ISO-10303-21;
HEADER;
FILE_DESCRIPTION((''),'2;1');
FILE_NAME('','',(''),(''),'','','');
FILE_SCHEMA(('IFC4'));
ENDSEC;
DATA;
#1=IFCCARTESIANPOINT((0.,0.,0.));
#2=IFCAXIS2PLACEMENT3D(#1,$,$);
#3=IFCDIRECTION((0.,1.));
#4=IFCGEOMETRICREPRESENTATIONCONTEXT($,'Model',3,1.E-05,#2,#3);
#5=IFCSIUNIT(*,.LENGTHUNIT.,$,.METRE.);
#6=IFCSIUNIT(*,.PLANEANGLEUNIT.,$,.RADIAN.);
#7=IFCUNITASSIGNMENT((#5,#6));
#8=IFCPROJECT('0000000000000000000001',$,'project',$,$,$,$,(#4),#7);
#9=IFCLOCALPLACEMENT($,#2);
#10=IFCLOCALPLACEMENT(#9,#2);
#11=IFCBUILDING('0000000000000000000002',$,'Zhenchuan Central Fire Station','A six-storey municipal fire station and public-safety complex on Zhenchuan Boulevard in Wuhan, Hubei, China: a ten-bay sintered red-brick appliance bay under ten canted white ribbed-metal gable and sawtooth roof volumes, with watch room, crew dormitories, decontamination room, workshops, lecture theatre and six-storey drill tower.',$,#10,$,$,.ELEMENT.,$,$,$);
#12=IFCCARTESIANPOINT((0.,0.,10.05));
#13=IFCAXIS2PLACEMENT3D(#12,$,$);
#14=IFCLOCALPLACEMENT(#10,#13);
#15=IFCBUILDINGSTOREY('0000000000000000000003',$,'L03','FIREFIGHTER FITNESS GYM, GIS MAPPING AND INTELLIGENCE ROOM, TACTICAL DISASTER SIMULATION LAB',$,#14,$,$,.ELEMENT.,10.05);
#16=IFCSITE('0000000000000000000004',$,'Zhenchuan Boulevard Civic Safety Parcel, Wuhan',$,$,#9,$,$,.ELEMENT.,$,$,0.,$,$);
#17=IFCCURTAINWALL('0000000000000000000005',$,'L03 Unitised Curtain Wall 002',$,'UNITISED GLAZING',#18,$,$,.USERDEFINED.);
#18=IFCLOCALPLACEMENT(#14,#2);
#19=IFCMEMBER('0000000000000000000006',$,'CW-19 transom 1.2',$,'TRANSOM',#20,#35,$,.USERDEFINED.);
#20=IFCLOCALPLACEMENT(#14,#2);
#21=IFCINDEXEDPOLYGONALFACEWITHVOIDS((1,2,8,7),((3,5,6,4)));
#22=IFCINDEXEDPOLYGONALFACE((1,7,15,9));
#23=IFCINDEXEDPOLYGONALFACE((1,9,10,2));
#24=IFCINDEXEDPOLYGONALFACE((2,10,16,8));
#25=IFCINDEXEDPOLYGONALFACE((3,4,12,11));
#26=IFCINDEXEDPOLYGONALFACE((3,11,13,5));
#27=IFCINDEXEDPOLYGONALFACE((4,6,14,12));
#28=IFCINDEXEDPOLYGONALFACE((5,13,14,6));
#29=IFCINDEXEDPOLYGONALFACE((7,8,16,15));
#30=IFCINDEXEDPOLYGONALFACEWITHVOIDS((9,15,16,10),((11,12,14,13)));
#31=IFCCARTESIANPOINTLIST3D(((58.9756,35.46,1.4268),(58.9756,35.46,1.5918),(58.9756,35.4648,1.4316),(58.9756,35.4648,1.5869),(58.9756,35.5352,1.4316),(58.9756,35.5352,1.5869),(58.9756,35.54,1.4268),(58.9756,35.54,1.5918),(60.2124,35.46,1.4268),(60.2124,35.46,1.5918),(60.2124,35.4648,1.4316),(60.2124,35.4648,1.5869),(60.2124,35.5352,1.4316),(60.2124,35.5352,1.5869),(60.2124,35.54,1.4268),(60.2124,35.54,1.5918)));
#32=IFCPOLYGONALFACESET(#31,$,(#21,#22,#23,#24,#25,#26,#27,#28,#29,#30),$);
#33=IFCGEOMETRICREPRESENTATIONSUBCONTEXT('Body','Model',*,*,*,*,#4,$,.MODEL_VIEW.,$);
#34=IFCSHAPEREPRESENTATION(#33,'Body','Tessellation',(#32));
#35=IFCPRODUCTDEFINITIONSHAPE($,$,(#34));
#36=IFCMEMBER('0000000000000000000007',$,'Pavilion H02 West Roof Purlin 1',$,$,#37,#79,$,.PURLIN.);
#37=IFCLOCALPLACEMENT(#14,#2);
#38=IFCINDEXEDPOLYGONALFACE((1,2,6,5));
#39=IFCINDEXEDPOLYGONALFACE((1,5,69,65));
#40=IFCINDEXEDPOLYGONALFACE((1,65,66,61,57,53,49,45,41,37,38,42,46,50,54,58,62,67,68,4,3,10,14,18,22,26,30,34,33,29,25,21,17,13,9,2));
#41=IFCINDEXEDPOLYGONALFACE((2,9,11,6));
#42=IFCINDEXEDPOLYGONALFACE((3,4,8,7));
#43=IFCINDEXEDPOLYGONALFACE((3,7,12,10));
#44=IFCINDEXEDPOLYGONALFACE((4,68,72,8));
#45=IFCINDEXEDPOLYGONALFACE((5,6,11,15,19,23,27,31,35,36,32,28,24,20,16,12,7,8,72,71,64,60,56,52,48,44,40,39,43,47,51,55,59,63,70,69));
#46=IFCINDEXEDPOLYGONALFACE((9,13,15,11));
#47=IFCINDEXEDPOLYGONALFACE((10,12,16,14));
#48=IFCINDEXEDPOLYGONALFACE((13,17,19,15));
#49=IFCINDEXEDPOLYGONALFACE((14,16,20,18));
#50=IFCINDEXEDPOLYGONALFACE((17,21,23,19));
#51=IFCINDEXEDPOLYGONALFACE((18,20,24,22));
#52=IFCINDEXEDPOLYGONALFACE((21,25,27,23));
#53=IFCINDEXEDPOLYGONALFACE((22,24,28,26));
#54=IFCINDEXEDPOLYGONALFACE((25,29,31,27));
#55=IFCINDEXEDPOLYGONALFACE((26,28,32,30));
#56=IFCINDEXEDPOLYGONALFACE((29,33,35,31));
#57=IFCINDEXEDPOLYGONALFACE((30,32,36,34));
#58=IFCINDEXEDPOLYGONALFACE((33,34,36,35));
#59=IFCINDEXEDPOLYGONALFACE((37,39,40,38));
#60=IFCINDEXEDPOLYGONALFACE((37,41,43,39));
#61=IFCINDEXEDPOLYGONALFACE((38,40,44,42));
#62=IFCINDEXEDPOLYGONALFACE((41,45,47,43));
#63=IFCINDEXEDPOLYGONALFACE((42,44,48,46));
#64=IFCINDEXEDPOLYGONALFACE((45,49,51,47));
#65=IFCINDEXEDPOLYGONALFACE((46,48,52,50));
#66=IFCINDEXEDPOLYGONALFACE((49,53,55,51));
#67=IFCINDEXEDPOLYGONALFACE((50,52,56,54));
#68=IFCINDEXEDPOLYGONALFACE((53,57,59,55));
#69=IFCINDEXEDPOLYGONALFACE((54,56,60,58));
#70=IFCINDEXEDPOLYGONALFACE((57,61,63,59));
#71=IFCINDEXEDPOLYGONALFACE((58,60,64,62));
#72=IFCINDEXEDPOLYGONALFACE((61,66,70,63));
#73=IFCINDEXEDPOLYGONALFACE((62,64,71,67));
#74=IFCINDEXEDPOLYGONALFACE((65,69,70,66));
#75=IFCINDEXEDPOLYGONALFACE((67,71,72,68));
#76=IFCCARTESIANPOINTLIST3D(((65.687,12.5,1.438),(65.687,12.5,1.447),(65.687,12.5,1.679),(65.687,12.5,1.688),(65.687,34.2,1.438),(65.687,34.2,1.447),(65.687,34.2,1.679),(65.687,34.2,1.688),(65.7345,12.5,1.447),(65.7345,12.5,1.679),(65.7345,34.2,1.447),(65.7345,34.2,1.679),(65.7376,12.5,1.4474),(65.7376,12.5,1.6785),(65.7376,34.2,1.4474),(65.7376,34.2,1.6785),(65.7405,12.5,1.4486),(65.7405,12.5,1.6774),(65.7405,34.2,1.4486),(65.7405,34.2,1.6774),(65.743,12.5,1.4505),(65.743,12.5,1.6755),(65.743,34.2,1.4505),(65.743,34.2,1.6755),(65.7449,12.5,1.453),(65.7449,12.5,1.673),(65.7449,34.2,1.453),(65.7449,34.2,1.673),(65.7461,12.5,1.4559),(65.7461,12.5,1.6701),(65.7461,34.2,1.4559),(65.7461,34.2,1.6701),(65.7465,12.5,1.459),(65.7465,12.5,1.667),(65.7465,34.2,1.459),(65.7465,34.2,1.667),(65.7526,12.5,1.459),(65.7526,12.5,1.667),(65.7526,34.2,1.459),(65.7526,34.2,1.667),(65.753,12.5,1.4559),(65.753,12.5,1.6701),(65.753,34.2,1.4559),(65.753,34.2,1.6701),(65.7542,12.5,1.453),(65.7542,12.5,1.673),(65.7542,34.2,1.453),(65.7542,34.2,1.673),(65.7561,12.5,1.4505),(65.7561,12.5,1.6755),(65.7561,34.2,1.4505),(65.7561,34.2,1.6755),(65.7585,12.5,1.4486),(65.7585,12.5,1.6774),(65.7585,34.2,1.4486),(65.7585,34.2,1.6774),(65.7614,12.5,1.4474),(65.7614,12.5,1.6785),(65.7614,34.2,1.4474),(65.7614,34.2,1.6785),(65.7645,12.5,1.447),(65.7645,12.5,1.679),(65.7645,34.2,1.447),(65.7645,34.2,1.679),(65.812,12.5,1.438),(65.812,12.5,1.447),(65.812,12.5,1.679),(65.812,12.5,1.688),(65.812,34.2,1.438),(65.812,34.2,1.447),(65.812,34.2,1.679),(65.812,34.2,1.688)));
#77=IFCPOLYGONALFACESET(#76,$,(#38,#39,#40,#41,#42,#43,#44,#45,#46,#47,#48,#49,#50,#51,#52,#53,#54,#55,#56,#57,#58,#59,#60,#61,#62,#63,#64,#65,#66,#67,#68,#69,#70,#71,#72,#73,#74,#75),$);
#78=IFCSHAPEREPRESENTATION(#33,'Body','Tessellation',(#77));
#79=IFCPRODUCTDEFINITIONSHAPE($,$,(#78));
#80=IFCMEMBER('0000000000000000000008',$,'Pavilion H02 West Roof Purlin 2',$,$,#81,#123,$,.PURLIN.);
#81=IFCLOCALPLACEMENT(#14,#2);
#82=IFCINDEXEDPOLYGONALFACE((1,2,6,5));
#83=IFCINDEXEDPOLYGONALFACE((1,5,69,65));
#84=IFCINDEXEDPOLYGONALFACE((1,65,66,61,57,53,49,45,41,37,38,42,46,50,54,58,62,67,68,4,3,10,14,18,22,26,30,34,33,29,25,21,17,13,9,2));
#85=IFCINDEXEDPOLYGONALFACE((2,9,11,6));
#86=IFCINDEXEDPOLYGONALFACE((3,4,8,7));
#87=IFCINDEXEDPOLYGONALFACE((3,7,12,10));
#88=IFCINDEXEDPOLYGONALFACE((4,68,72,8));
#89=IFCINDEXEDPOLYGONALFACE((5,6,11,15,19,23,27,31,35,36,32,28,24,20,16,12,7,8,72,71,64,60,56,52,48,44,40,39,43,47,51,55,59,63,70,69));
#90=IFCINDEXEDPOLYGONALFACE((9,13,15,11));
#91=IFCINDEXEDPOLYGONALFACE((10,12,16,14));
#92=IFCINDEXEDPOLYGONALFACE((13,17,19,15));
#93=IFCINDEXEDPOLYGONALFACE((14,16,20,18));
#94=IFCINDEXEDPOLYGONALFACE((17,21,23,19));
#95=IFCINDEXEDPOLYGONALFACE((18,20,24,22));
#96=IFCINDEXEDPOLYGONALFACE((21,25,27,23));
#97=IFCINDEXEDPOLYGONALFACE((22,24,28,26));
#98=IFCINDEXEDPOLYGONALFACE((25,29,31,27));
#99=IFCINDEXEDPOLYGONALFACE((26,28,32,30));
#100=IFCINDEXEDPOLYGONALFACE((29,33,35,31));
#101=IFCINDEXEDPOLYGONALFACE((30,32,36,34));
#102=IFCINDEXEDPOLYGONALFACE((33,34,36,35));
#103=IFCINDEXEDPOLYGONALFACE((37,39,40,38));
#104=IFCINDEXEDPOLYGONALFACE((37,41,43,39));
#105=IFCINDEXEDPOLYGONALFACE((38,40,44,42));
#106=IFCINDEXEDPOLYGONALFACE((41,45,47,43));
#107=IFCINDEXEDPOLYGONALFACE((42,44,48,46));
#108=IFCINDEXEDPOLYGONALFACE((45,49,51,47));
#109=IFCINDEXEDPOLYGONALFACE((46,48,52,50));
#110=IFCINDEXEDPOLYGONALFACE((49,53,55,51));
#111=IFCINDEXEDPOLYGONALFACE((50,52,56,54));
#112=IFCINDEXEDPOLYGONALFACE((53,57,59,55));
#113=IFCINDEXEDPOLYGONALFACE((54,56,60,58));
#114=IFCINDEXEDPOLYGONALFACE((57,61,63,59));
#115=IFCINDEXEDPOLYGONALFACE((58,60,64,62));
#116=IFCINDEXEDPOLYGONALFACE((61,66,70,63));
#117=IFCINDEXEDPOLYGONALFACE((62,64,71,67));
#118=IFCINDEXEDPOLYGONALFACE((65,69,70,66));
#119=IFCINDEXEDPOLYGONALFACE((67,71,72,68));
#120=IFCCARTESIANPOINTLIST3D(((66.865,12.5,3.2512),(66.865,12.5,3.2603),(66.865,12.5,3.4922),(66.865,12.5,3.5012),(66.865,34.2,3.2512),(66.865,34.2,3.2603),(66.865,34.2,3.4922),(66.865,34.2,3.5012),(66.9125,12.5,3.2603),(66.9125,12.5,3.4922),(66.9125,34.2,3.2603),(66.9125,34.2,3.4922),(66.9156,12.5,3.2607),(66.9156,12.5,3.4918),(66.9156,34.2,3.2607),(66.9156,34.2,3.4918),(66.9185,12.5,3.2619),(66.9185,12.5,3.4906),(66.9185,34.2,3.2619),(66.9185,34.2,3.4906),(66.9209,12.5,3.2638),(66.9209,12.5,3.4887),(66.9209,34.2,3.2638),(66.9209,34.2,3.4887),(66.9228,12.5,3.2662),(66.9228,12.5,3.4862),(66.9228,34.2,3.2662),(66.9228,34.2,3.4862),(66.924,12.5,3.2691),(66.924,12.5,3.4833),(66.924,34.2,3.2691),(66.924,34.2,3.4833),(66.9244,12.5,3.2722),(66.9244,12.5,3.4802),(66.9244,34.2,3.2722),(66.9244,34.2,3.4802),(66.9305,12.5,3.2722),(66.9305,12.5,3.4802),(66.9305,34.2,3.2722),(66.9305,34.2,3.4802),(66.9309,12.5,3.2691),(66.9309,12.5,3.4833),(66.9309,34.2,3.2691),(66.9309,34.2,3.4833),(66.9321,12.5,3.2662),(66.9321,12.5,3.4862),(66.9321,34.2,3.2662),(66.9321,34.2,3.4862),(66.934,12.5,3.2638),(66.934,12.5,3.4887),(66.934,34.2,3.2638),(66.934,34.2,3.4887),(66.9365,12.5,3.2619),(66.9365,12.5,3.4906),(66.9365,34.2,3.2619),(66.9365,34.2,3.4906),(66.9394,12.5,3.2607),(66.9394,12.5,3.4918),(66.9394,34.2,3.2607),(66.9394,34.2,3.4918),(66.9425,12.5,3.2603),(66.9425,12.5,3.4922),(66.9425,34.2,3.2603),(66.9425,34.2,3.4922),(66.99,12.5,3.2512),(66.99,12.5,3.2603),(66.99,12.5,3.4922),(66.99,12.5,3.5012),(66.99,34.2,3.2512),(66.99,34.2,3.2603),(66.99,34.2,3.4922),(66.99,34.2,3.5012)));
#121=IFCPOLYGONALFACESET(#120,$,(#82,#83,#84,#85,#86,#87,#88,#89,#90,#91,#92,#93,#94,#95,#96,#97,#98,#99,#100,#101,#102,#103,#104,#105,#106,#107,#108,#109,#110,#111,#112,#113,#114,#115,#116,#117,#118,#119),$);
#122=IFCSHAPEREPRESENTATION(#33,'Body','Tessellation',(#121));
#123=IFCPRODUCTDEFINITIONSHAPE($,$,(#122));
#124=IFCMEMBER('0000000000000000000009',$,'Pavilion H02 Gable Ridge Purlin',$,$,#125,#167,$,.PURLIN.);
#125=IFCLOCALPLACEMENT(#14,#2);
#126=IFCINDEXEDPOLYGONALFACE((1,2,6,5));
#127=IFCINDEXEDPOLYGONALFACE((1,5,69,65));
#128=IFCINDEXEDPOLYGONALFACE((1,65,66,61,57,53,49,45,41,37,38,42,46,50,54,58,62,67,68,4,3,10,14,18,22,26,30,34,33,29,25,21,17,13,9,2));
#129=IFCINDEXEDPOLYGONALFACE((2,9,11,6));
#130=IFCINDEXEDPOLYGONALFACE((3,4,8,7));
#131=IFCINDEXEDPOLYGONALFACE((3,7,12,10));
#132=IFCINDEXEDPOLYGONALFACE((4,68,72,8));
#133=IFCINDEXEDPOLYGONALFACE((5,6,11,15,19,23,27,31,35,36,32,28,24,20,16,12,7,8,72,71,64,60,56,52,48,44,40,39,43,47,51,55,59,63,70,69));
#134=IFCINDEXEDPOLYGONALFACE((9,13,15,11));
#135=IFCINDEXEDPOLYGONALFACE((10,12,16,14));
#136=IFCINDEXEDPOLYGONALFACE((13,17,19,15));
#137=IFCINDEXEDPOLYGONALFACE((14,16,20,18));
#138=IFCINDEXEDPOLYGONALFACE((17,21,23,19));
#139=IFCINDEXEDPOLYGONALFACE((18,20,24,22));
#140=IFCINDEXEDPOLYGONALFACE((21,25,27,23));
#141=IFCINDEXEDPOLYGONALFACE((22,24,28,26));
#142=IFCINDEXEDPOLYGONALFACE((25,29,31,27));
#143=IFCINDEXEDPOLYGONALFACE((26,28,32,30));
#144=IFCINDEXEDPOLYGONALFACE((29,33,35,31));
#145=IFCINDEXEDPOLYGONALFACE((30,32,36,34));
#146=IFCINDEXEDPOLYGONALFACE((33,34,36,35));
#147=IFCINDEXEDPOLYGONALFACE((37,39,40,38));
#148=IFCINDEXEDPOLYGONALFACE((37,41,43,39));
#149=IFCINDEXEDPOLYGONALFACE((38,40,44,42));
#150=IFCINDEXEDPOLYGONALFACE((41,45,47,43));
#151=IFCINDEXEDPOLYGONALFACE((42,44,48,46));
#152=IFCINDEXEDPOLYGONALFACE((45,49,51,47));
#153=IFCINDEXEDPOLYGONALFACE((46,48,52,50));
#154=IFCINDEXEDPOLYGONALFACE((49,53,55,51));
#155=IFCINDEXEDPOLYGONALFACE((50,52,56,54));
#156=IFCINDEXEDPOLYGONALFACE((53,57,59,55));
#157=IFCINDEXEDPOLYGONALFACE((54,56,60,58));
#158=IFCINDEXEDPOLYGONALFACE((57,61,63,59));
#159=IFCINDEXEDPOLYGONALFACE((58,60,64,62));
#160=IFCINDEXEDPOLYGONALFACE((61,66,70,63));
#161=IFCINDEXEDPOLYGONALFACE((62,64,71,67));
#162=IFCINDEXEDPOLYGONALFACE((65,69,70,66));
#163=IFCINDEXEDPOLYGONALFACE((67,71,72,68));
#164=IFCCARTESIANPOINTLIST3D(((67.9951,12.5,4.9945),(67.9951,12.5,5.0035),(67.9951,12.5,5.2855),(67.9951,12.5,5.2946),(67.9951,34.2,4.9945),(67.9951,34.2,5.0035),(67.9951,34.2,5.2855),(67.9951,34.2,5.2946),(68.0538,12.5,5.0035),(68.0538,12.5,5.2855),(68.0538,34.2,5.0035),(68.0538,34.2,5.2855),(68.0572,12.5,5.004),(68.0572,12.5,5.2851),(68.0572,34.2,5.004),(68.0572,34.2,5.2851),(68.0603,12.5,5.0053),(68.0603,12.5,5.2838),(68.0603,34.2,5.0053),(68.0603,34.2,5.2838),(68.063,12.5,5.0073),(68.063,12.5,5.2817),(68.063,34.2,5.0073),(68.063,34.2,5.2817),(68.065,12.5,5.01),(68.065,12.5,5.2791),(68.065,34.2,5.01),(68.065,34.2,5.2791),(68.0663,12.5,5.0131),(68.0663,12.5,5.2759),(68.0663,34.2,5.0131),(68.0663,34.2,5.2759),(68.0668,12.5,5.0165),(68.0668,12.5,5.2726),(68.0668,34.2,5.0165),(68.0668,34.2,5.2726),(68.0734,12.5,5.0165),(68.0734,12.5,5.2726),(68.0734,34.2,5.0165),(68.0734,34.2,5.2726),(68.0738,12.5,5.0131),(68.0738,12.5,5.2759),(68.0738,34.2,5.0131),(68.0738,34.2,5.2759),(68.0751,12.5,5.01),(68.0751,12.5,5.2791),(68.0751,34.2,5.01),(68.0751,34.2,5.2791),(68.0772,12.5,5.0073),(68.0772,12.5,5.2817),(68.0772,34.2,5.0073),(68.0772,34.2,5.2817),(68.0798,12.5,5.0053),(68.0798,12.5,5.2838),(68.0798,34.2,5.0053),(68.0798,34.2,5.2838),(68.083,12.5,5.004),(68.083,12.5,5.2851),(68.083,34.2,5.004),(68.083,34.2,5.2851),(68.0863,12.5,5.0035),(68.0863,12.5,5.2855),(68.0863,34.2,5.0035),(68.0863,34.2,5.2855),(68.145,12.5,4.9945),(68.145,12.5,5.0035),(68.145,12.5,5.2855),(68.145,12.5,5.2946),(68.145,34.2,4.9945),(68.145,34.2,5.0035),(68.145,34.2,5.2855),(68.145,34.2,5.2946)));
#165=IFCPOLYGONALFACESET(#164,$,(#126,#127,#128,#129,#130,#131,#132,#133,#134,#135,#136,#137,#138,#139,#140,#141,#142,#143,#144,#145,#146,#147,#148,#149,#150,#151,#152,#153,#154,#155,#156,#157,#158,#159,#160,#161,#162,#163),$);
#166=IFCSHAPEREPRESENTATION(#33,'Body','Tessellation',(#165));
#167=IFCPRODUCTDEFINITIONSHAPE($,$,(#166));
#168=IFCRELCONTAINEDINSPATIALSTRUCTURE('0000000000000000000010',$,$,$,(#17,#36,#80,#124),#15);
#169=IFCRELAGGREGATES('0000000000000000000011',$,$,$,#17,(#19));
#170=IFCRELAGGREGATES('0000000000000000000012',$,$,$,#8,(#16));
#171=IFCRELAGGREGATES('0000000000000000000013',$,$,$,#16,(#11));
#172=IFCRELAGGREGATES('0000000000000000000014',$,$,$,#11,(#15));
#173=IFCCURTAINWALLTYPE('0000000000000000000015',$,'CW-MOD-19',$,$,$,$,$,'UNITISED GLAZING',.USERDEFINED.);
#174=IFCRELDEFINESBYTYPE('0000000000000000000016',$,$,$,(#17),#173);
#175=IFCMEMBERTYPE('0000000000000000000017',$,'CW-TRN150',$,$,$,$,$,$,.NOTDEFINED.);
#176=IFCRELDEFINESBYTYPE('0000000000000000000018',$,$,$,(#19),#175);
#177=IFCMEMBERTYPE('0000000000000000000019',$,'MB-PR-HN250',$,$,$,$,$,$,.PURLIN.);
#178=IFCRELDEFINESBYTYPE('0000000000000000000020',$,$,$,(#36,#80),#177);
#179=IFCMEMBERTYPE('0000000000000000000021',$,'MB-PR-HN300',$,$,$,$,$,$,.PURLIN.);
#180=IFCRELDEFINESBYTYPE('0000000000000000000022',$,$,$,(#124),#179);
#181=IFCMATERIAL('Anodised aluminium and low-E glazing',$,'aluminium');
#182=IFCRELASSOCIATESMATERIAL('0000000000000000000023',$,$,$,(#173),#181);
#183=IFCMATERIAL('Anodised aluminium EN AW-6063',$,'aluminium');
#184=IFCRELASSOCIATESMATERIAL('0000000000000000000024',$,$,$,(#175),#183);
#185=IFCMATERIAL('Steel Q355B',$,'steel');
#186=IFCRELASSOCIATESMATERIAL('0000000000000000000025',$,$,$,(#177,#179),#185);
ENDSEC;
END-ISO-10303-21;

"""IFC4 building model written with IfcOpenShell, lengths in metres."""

from ifc_helpers import new_model, si_unit, direction, frame, origin, origin_2d, place, context, subcontext, project, spatial, hollow_rectangle, i_section, extrude, material, material_profile, profile_set, type_object, element, aggregate, save


model = new_model("IFC4")

# Units and contexts
model_context = context("Model", 3, precision=1e-05, world=origin(), true_north=direction((0.0, 1.0)))
body_context = subcontext(model_context, "Body", "Model", "MODEL_VIEW")
ifc_project = project(units=[si_unit("LENGTHUNIT", "METRE"), si_unit("PLANEANGLEUNIT", "RADIAN")], contexts=[model_context])

# Site, building, storey
site_placement = place(None, origin())
site = spatial("IfcSite", under=ifc_project, at=site_placement, Name="Zhenchuan Boulevard Civic Safety Parcel, Wuhan", CompositionType="ELEMENT", RefElevation=0.0)
building_placement = place(site_placement, origin())
building = spatial("IfcBuilding", under=site, at=building_placement, Name="Zhenchuan Central Fire Station", Description="A six-storey municipal fire station and public-safety complex on Zhenchuan Boulevard in Wuhan, Hubei, China: a ten-bay sintered red-brick appliance bay under ten canted white ribbed-metal gable and sawtooth roof volumes, with watch room, crew dormitories, decontamination room, workshops, lecture theatre and six-storey drill tower.", CompositionType="ELEMENT")
storey_placement = place(building_placement, frame((0.0, 0.0, 10.05)))
storey = spatial("IfcBuildingStorey", under=building, at=storey_placement, Name="L03", Description="FIREFIGHTER FITNESS GYM, GIS MAPPING AND INTELLIGENCE ROOM, TACTICAL DISASTER SIMULATION LAB", CompositionType="ELEMENT", Elevation=10.05)

# Curtain wall, member
ifc_material_1 = material(Name="Anodised aluminium and low-E glazing", Category="aluminium")
curtain_wall_type = type_object("IfcCurtainWallType", Name="CW-MOD-19", ElementType="UNITISED GLAZING", PredefinedType="USERDEFINED", material=ifc_material_1)
curtain_wall_placement = place(storey_placement, origin())
curtain_wall = element("IfcCurtainWall", 1, at=curtain_wall_placement, inside=storey, type_object=curtain_wall_type, Name="L03 Unitised Curtain Wall 002", ObjectType="UNITISED GLAZING", PredefinedType="USERDEFINED")
ifc_material_2 = material(Name="Anodised aluminium EN AW-6063", Category="aluminium")
ifc_material_profile_1 = material_profile(ifc_material_2, hollow_rectangle(XDim=0.0801, YDim=0.165, WallThickness=0.0049, at=origin_2d()), Name="ALU-T 165x80")
ifc_profile_set_1 = profile_set([ifc_material_profile_1], Name="Anodised aluminium EN AW-6063")
member_type_1 = type_object("IfcMemberType", Name="CW-TRN150", PredefinedType="NOTDEFINED", material=ifc_profile_set_1)
member_1_placement = place(storey_placement, frame((58.9756, 35.5, 1.5093), z_axis=(1.0, 0.0, 0.0), x_axis=(0.0, 1.0, 0.0)))
member_1 = element("IfcMember", 2, at=member_1_placement, type_object=member_type_1, Name="CW-19 transom 1.2", ObjectType="TRANSOM", PredefinedType="USERDEFINED", context=body_context, shape_type="SweptSolid", body=[
    extrude(hollow_rectangle(XDim=0.0801, YDim=0.165, WallThickness=0.0049, at=origin_2d()), origin(), (0.0, 0.0, 1.0), 1.2368),
])
aggregate(curtain_wall, [member_1])

# Members
ifc_material_3 = material(Name="Steel Q355B", Category="steel")
ifc_material_profile_2 = material_profile(ifc_material_3, i_section(OverallWidth=0.125, OverallDepth=0.25, WebThickness=0.0061, FlangeThickness=0.009, FilletRadius=0.012, at=origin_2d()), Name="HN 250x125")
ifc_profile_set_2 = profile_set([ifc_material_profile_2], Name="Steel Q355B")
member_type_2 = type_object("IfcMemberType", Name="MB-PR-HN250", PredefinedType="PURLIN", material=ifc_profile_set_2)
for number, where, z_axis, x_axis, name in (
    (3, (65.7495, 12.5, 1.563), (0.0, 1.0, 0.0), (-1.0, 0.0, 0.0), "Pavilion H02 West Roof Purlin 1"),
    (4, (66.9275, 12.5, 3.3762), (0.0, 1.0, 0.0), (-1.0, 0.0, 0.0), "Pavilion H02 West Roof Purlin 2"),
):
    element("IfcMember", number, at=place(storey_placement, frame(where, z_axis=z_axis, x_axis=x_axis)), inside=storey, type_object=member_type_2, Name=name, PredefinedType="PURLIN", context=body_context, shape_type="SweptSolid", body=[
        extrude(i_section(OverallWidth=0.125, OverallDepth=0.25, WebThickness=0.0061, FlangeThickness=0.009, FilletRadius=0.012, at=origin_2d()), origin(), (0.0, 0.0, 1.0), 21.7),
    ])
ifc_material_profile_3 = material_profile(ifc_material_3, i_section(OverallWidth=0.1499, OverallDepth=0.3, WebThickness=0.0066, FlangeThickness=0.009, FilletRadius=0.0129, at=origin_2d()), Name="HN 300x150")
ifc_profile_set_3 = profile_set([ifc_material_profile_3], Name="Steel Q355B")
member_type_3 = type_object("IfcMemberType", Name="MB-PR-HN300", PredefinedType="PURLIN", material=ifc_profile_set_3)
for number, where, z_axis, x_axis, name in (
    (5, (68.0701, 12.5, 5.1445), (0.0, 1.0, 0.0), (-1.0, 0.0, 0.0), "Pavilion H02 Gable Ridge Purlin"),
):
    element("IfcMember", number, at=place(storey_placement, frame(where, z_axis=z_axis, x_axis=x_axis)), inside=storey, type_object=member_type_3, Name=name, PredefinedType="PURLIN", context=body_context, shape_type="SweptSolid", body=[
        extrude(i_section(OverallWidth=0.1499, OverallDepth=0.3, WebThickness=0.0066, FlangeThickness=0.009, FilletRadius=0.0129, at=origin_2d()), origin(), (0.0, 0.0, 1.0), 21.7),
    ])

save(model, "model.ifc")
